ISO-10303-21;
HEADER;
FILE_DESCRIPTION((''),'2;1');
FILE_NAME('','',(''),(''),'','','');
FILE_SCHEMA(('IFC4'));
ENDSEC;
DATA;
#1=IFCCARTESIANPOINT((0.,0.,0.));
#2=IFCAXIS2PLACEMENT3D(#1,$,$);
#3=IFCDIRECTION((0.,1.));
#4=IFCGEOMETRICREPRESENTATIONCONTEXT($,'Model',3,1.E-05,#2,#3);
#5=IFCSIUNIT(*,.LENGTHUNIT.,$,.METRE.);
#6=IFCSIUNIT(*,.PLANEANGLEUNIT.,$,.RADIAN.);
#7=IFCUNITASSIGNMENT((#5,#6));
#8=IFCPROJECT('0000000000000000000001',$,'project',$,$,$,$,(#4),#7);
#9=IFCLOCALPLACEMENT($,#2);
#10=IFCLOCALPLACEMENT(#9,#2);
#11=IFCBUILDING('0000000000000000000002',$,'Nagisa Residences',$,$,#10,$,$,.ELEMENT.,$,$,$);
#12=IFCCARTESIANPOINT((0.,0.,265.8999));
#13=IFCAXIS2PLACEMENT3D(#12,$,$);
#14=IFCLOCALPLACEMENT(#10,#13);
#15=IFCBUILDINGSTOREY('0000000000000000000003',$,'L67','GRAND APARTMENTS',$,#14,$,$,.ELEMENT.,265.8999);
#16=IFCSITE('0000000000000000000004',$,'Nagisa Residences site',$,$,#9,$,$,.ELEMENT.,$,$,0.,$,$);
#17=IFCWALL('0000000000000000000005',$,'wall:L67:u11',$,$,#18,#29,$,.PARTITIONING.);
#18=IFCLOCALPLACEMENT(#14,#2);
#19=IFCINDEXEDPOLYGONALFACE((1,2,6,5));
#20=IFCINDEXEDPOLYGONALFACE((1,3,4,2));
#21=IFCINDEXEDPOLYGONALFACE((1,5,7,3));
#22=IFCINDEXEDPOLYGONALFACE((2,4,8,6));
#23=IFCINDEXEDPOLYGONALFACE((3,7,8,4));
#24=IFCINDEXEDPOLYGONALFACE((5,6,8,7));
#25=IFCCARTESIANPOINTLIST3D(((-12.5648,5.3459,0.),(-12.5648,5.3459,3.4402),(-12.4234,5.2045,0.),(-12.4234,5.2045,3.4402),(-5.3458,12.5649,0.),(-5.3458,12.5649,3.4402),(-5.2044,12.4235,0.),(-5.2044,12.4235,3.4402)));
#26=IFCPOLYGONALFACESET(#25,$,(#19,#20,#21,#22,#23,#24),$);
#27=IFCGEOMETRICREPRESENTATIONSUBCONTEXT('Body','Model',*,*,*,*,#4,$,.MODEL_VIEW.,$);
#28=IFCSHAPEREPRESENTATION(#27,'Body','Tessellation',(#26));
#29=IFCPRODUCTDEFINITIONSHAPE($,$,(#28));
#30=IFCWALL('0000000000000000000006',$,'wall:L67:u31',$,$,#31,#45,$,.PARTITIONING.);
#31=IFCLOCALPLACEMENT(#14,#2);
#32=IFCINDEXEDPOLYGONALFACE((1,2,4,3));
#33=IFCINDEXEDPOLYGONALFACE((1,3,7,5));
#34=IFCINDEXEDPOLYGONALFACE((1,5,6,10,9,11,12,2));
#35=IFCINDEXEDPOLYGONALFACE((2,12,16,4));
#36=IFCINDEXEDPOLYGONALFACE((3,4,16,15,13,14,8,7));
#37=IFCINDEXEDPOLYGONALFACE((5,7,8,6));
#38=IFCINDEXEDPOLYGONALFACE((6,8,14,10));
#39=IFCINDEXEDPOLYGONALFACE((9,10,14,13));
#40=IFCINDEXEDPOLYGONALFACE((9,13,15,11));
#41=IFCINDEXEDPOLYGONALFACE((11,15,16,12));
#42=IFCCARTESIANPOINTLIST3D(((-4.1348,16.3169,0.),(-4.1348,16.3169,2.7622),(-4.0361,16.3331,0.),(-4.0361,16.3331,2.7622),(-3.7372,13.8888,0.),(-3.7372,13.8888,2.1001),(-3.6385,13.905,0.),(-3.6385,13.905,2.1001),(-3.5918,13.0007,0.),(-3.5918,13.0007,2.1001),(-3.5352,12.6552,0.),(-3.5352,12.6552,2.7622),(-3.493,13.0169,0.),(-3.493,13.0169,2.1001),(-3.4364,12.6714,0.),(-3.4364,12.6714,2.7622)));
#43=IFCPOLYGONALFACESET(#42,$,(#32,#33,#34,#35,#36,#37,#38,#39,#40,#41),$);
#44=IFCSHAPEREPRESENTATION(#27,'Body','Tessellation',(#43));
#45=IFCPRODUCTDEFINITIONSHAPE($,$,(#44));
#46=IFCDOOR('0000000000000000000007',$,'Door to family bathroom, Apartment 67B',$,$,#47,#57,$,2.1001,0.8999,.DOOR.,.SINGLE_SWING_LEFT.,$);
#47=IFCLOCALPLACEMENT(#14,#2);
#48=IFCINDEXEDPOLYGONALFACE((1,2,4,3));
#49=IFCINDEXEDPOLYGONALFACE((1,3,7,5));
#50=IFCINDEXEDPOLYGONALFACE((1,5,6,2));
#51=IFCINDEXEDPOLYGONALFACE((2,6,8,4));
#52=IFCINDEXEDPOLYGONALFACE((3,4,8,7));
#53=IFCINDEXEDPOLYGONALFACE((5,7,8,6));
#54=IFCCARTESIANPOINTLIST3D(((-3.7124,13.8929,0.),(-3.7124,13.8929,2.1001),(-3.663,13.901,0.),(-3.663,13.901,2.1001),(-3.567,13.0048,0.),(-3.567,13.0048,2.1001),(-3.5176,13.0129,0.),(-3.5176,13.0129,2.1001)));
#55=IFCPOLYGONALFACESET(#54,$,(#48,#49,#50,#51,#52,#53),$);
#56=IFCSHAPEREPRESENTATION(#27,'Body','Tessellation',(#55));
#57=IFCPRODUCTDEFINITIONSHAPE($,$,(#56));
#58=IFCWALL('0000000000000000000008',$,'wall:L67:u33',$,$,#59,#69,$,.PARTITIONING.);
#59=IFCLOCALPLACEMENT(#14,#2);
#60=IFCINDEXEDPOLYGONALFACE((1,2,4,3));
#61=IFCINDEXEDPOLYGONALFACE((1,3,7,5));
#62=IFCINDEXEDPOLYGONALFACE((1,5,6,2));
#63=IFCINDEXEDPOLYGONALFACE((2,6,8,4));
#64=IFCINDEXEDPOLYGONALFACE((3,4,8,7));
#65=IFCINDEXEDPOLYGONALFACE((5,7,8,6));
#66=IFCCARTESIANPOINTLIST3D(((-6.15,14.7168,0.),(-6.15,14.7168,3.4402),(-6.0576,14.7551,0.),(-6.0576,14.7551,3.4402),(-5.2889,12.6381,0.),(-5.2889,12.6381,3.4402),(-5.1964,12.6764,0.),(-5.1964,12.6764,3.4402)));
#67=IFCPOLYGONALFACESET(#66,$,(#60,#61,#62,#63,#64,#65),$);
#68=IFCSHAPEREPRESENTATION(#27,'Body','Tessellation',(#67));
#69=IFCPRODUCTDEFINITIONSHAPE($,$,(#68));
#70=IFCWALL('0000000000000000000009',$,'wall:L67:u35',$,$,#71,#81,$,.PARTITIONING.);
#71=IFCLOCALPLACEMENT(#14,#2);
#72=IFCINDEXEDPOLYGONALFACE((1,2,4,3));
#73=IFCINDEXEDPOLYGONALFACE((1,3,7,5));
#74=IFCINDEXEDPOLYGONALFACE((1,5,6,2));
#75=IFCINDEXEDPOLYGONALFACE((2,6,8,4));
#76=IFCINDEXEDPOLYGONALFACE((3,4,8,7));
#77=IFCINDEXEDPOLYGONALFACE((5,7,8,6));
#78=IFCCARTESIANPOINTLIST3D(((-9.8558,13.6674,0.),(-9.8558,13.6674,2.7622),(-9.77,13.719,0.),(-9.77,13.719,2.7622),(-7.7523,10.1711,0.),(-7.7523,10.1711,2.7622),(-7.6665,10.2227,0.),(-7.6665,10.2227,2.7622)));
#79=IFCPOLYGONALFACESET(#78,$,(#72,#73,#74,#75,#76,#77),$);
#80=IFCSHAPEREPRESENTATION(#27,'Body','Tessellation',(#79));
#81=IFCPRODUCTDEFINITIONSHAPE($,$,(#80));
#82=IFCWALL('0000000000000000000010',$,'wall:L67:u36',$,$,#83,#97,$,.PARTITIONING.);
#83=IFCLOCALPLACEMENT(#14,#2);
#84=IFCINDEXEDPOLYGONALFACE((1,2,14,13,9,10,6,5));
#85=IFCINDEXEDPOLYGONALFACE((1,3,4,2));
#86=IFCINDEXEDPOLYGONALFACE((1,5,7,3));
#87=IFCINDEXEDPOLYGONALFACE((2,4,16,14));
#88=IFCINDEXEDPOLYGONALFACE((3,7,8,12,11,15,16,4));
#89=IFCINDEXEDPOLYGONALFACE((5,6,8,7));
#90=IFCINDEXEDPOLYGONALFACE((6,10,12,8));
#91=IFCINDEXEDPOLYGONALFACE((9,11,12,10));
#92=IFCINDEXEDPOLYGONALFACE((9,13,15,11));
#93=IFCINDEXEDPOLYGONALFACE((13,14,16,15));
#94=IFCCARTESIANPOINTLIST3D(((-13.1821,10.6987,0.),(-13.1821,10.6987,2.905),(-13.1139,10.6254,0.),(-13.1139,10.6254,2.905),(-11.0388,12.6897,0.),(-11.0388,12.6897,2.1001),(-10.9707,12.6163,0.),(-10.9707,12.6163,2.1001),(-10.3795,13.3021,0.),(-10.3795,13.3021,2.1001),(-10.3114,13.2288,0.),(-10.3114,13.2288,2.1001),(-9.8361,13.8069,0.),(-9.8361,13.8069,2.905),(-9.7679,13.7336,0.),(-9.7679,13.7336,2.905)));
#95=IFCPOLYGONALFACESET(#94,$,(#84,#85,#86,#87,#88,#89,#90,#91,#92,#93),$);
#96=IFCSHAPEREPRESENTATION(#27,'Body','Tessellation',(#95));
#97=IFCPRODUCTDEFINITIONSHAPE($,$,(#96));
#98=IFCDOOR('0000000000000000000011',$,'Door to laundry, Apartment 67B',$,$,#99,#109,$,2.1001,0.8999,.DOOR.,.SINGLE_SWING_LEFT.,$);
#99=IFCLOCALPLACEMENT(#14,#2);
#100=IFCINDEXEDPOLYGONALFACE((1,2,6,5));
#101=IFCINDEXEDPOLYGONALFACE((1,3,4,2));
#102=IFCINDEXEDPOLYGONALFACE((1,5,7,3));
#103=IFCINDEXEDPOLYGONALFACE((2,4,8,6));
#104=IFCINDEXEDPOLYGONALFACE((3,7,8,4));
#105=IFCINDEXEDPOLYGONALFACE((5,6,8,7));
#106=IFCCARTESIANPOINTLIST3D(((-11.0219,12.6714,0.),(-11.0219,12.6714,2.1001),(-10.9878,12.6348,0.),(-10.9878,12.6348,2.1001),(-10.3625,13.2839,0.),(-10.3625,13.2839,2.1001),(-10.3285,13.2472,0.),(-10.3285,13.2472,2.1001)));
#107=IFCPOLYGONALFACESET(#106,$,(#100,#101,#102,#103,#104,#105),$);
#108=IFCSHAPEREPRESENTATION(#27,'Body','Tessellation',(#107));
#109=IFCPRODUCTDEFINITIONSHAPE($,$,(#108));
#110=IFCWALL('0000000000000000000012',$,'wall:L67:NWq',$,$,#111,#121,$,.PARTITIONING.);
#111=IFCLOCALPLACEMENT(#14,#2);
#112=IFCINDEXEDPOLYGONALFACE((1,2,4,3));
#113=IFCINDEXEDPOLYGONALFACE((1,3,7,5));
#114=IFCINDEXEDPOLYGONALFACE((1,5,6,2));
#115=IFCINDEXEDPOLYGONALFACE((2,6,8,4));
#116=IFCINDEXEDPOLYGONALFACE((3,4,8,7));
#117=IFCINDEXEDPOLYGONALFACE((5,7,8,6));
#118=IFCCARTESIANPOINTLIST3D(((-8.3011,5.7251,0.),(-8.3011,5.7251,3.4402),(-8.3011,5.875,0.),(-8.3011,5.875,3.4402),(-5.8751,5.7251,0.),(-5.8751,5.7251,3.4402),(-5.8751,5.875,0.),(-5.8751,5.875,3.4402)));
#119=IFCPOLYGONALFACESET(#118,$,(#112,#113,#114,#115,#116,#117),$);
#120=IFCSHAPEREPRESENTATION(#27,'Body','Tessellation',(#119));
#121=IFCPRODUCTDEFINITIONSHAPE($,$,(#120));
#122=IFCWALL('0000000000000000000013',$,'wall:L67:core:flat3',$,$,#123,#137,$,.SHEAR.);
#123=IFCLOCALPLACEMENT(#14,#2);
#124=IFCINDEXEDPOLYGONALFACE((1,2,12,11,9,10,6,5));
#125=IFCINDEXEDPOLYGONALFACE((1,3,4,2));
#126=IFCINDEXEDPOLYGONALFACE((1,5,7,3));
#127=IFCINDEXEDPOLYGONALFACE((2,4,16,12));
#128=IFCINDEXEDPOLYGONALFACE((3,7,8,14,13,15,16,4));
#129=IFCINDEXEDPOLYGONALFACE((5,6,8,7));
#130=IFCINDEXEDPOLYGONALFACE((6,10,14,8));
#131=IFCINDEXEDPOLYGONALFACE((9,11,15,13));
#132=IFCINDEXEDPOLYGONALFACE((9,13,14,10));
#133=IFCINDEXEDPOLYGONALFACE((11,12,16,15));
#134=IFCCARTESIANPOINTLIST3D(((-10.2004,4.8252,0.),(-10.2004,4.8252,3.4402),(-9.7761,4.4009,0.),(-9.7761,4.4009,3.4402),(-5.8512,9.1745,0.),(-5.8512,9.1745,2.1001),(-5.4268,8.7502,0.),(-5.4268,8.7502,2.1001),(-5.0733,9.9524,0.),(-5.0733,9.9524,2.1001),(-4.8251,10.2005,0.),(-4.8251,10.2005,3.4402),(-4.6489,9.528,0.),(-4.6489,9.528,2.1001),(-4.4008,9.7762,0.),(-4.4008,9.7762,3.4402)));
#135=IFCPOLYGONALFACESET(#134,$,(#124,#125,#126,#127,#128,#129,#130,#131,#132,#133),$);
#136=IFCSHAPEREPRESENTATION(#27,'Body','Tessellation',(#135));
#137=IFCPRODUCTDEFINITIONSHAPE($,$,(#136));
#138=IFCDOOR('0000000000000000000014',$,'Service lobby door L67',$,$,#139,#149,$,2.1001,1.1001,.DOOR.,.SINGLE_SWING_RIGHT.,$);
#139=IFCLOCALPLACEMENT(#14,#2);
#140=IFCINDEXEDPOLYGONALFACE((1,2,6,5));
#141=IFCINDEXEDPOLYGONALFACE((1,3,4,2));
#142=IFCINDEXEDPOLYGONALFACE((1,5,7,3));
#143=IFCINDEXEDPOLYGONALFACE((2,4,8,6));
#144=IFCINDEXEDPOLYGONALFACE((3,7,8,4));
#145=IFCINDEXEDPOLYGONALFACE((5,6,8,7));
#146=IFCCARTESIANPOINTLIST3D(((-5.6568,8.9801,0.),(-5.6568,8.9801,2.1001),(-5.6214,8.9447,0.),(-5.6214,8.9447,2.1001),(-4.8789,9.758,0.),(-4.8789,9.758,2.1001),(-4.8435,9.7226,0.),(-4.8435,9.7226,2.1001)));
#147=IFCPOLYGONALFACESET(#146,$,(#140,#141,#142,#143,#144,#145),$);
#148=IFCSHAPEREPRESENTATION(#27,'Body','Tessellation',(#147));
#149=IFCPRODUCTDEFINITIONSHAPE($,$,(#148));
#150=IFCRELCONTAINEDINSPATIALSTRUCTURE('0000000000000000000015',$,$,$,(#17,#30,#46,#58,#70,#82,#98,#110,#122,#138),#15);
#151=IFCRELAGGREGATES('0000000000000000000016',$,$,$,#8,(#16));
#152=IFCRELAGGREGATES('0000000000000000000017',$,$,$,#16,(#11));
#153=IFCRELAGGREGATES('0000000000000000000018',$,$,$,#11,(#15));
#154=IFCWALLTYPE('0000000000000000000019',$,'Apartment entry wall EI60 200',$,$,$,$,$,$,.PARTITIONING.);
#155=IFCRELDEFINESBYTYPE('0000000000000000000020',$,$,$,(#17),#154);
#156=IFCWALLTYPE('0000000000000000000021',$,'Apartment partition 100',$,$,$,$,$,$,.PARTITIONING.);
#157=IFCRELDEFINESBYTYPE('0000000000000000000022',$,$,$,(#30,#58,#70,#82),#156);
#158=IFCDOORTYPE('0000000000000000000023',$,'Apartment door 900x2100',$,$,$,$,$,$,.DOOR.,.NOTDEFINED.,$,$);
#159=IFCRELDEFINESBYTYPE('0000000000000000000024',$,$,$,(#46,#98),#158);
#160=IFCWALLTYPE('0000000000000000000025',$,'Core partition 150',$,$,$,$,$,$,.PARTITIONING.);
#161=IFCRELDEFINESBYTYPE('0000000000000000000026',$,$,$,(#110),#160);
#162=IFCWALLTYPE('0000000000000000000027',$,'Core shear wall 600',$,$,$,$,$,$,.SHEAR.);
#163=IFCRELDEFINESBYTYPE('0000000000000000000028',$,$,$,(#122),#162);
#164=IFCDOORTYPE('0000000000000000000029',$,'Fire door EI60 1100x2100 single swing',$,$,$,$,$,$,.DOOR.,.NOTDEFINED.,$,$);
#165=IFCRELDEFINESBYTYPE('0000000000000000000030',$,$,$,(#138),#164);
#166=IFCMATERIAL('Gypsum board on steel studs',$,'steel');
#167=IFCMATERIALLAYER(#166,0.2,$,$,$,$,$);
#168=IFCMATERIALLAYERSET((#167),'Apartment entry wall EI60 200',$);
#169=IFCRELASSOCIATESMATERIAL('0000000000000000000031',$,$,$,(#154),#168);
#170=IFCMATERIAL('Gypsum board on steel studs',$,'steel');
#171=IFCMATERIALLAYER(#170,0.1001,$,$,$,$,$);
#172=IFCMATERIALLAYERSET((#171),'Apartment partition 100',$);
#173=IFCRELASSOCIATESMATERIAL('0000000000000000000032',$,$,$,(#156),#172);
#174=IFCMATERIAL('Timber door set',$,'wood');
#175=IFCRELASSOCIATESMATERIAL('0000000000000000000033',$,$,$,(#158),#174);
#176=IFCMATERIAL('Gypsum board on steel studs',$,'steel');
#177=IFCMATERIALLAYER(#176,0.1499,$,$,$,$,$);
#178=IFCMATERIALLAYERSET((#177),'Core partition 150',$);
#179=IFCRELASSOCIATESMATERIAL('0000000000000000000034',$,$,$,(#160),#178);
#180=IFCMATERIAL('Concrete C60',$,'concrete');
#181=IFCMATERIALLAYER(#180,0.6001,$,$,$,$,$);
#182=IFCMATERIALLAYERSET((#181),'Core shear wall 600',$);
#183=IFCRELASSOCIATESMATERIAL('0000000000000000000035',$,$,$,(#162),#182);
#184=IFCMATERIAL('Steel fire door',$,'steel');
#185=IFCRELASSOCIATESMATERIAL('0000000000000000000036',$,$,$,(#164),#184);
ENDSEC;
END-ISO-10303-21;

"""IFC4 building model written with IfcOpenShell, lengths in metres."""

from ifc_helpers import new_model, si_unit, direction, frame, frame_2d, origin, place, context, subcontext, project, spatial, rectangle, extrude, material, layer, layer_set, type_object, element, fill, save


model = new_model("IFC4")

# Units and contexts
model_context = context("Model", 3, precision=1e-05, world=origin(), true_north=direction((0.0, 1.0)))
body_context = subcontext(model_context, "Body", "Model", "MODEL_VIEW")
ifc_project = project(units=[si_unit("LENGTHUNIT", "METRE"), si_unit("PLANEANGLEUNIT", "RADIAN")], contexts=[model_context])

# Site, building, storey
site_placement = place(None, origin())
site = spatial("IfcSite", under=ifc_project, at=site_placement, Name="Nagisa Residences site", CompositionType="ELEMENT", RefElevation=0.0)
building_placement = place(site_placement, origin())
building = spatial("IfcBuilding", under=site, at=building_placement, Name="Nagisa Residences", CompositionType="ELEMENT")
storey_placement = place(building_placement, frame((0.0, 0.0, 265.8999)))
storey = spatial("IfcBuildingStorey", under=building, at=storey_placement, Name="L67", Description="GRAND APARTMENTS", CompositionType="ELEMENT", Elevation=265.8999)

# Wall
ifc_material_1 = material(Name="Gypsum board on steel studs", Category="steel")
ifc_layer_1 = layer(ifc_material_1, 0.2)
ifc_layer_set_1 = layer_set([ifc_layer_1], Name="Apartment entry wall EI60 200")
wall_type_1 = type_object("IfcWallType", Name="Apartment entry wall EI60 200", PredefinedType="PARTITIONING", material=ifc_layer_set_1)
wall_1_placement = place(storey_placement, frame((-5.2751, 12.4941, 0.0), z_axis=(0.0, 0.0, 1.0), x_axis=(-0.707107, -0.707107, 0.0)))
element("IfcWall", 1, at=wall_1_placement, inside=storey, type_object=wall_type_1, Name="wall:L67:u11", PredefinedType="PARTITIONING", context=body_context, shape_type="SweptSolid", body=[
    extrude(rectangle(XDim=10.2092, YDim=0.2, at=frame_2d((5.1045, 0.0))), origin(), (0.0, 0.0, 1.0), 3.4402),
])

# Wall, opening, door
ifc_material_2 = material(Name="Gypsum board on steel studs", Category="steel")
ifc_layer_2 = layer(ifc_material_2, 0.1001)
ifc_layer_set_2 = layer_set([ifc_layer_2], Name="Apartment partition 100")
wall_type_2 = type_object("IfcWallType", Name="Apartment partition 100", PredefinedType="PARTITIONING", material=ifc_layer_set_2)
wall_2_placement = place(storey_placement, frame((-3.4858, 12.6633, 0.0), z_axis=(0.0, 0.0, 1.0), x_axis=(-0.161603, 0.986856, 0.0)))
wall_2 = element("IfcWall", 2, at=wall_2_placement, inside=storey, type_object=wall_type_2, Name="wall:L67:u31", PredefinedType="PARTITIONING", context=body_context, shape_type="SweptSolid", body=[
    extrude(rectangle(XDim=3.7104, YDim=0.1001, at=frame_2d((1.8552, 0.0))), origin(), (0.0, 0.0, 1.0), 2.7622),
])
opening_1_placement = place(wall_2_placement, frame((0.3501, 0.0, 0.0)))
opening_1 = element("IfcOpeningElement", 3, at=opening_1_placement, cuts=wall_2, PredefinedType="OPENING", context=body_context, shape_type="SweptSolid", body=[
    extrude(rectangle(XDim=0.8999, YDim=2.1001, at=frame_2d((0.45, 1.05))), frame((0.0, 0.0601, 0.0), z_axis=(0.0, -1.0, 0.0), x_axis=(1.0, 0.0, 0.0)), (0.0, 0.0, 1.0), 0.1201),
])
ifc_material_3 = material(Name="Timber door set", Category="wood")
door_type_1 = type_object("IfcDoorType", Name="Apartment door 900x2100", OperationType="NOTDEFINED", PredefinedType="DOOR", material=ifc_material_3)
door_1_placement = place(opening_1_placement, origin())
door_1 = element("IfcDoor", 4, at=door_1_placement, inside=storey, type_object=door_type_1, Name="Door to family bathroom, Apartment 67B", OperationType="SINGLE_SWING_LEFT", OverallHeight=2.1001, OverallWidth=0.8999, PredefinedType="DOOR", context=body_context, shape_type="SweptSolid", body=[
    extrude(rectangle(XDim=0.8999, YDim=2.1001, at=frame_2d((0.45, 1.05))), frame((0.0, 0.0249, 0.0), z_axis=(0.0, -1.0, 0.0), x_axis=(1.0, 0.0, 0.0)), (0.0, 0.0, 1.0), 0.05),
])
fill(opening_1, door_1)

# Walls
wall_3_placement = place(storey_placement, frame((-5.2427, 12.6572, 0.0), z_axis=(0.0, 0.0, 1.0), x_axis=(-0.382719, 0.923865, 0.0)))
element("IfcWall", 5, at=wall_3_placement, inside=storey, type_object=wall_type_2, Name="wall:L67:u33", PredefinedType="PARTITIONING", context=body_context, shape_type="SweptSolid", body=[
    extrude(rectangle(XDim=2.25, YDim=0.1001, at=frame_2d((1.125, 0.0))), origin(), (0.0, 0.0, 1.0), 3.4402),
])
wall_4_placement = place(storey_placement, frame((-7.7095, 10.197, 0.0), z_axis=(0.0, 0.0, 1.0), x_axis=(-0.515525, 0.856875, 0.0)))
element("IfcWall", 6, at=wall_4_placement, inside=storey, type_object=wall_type_2, Name="wall:L67:u35", PredefinedType="PARTITIONING", context=body_context, shape_type="SweptSolid", body=[
    extrude(rectangle(XDim=4.0803, YDim=0.1001, at=frame_2d((2.04, 0.0))), origin(), (0.0, 0.0, 1.0), 2.7622),
])

# Wall, opening, door
wall_5_placement = place(storey_placement, frame((-9.802, 13.7703, 0.0), z_axis=(0.0, 0.0, 1.0), x_axis=(-0.732662, -0.680593, 0.0)))
wall_5 = element("IfcWall", 7, at=wall_5_placement, inside=storey, type_object=wall_type_2, Name="wall:L67:u36", PredefinedType="PARTITIONING", context=body_context, shape_type="SweptSolid", body=[
    extrude(rectangle(XDim=4.5669, YDim=0.1001, at=frame_2d((2.2834, 0.0))), origin(), (0.0, 0.0, 1.0), 2.905),
])
opening_2_placement = place(wall_5_placement, frame((0.7417, 0.0, 0.0)))
opening_2 = element("IfcOpeningElement", 8, at=opening_2_placement, cuts=wall_5, PredefinedType="OPENING", context=body_context, shape_type="SweptSolid", body=[
    extrude(rectangle(XDim=0.8999, YDim=2.1001, at=frame_2d((0.45, 1.05))), frame((0.0, 0.0601, 0.0), z_axis=(0.0, -1.0, 0.0), x_axis=(1.0, 0.0, 0.0)), (0.0, 0.0, 1.0), 0.1201),
])
door_2_placement = place(opening_2_placement, origin())
door_2 = element("IfcDoor", 9, at=door_2_placement, inside=storey, type_object=door_type_1, Name="Door to laundry, Apartment 67B", OperationType="SINGLE_SWING_LEFT", OverallHeight=2.1001, OverallWidth=0.8999, PredefinedType="DOOR", context=body_context, shape_type="SweptSolid", body=[
    extrude(rectangle(XDim=0.8999, YDim=2.1001, at=frame_2d((0.45, 1.05))), frame((0.0, 0.0249, 0.0), z_axis=(0.0, -1.0, 0.0), x_axis=(1.0, 0.0, 0.0)), (0.0, 0.0, 1.0), 0.05),
])
fill(opening_2, door_2)

# Wall
ifc_material_4 = material(Name="Gypsum board on steel studs", Category="steel")
ifc_layer_3 = layer(ifc_material_4, 0.1499)
ifc_layer_set_3 = layer_set([ifc_layer_3], Name="Core partition 150")
wall_type_3 = type_object("IfcWallType", Name="Core partition 150", PredefinedType="PARTITIONING", material=ifc_layer_set_3)
wall_6_placement = place(storey_placement, frame((-8.301, 5.8, 0.0), z_axis=(0.0, 0.0, 1.0), x_axis=(1.0, 0.0, 0.0)))
element("IfcWall", 10, at=wall_6_placement, inside=storey, type_object=wall_type_3, Name="wall:L67:NWq", PredefinedType="PARTITIONING", context=body_context, shape_type="SweptSolid", body=[
    extrude(rectangle(XDim=2.426, YDim=0.1499, at=frame_2d((1.2129, 0.0))), origin(), (0.0, 0.0, 1.0), 3.4402),
])

# Wall, opening, door
ifc_material_5 = material(Name="Concrete C60", Category="concrete")
ifc_layer_4 = layer(ifc_material_5, 0.6001)
ifc_layer_set_4 = layer_set([ifc_layer_4], Name="Core shear wall 600")
wall_type_4 = type_object("IfcWallType", Name="Core shear wall 600", PredefinedType="SHEAR", material=ifc_layer_set_4)
wall_7_placement = place(storey_placement, frame((-4.613, 9.9883, 0.0), z_axis=(0.0, 0.0, 1.0), x_axis=(-0.707107, -0.707107, 0.0)))
wall_7 = element("IfcWall", 11, at=wall_7_placement, inside=storey, type_object=wall_type_4, Name="wall:L67:core:flat3", PredefinedType="SHEAR", context=body_context, shape_type="SweptSolid", body=[
    extrude(rectangle(XDim=7.6018, YDim=0.6001, at=frame_2d((3.8008, 0.0))), origin(), (0.0, 0.0, 1.0), 3.4402),
])
opening_3_placement = place(wall_7_placement, frame((0.3508, 0.0, 0.0)))
opening_3 = element("IfcOpeningElement", 12, at=opening_3_placement, cuts=wall_7, PredefinedType="OPENING", context=body_context, shape_type="SweptSolid", body=[
    extrude(rectangle(XDim=1.1001, YDim=2.1001, at=frame_2d((0.55, 1.05))), frame((0.0, 0.3101, 0.0), z_axis=(0.0, -1.0, 0.0), x_axis=(1.0, 0.0, 0.0)), (0.0, 0.0, 1.0), 0.6201),
])
ifc_material_6 = material(Name="Steel fire door", Category="steel")
door_type_2 = type_object("IfcDoorType", Name="Fire door EI60 1100x2100 single swing", OperationType="NOTDEFINED", PredefinedType="DOOR", material=ifc_material_6)
door_3_placement = place(opening_3_placement, origin())
door_3 = element("IfcDoor", 13, at=door_3_placement, inside=storey, type_object=door_type_2, Name="Service lobby door L67", OperationType="SINGLE_SWING_RIGHT", OverallHeight=2.1001, OverallWidth=1.1001, PredefinedType="DOOR", context=body_context, shape_type="SweptSolid", body=[
    extrude(rectangle(XDim=1.1001, YDim=2.1001, at=frame_2d((0.55, 1.05))), frame((0.0, 0.0249, 0.0), z_axis=(0.0, -1.0, 0.0), x_axis=(1.0, 0.0, 0.0)), (0.0, 0.0, 1.0), 0.05),
])
fill(opening_3, door_3)

save(model, "model.ifc")
